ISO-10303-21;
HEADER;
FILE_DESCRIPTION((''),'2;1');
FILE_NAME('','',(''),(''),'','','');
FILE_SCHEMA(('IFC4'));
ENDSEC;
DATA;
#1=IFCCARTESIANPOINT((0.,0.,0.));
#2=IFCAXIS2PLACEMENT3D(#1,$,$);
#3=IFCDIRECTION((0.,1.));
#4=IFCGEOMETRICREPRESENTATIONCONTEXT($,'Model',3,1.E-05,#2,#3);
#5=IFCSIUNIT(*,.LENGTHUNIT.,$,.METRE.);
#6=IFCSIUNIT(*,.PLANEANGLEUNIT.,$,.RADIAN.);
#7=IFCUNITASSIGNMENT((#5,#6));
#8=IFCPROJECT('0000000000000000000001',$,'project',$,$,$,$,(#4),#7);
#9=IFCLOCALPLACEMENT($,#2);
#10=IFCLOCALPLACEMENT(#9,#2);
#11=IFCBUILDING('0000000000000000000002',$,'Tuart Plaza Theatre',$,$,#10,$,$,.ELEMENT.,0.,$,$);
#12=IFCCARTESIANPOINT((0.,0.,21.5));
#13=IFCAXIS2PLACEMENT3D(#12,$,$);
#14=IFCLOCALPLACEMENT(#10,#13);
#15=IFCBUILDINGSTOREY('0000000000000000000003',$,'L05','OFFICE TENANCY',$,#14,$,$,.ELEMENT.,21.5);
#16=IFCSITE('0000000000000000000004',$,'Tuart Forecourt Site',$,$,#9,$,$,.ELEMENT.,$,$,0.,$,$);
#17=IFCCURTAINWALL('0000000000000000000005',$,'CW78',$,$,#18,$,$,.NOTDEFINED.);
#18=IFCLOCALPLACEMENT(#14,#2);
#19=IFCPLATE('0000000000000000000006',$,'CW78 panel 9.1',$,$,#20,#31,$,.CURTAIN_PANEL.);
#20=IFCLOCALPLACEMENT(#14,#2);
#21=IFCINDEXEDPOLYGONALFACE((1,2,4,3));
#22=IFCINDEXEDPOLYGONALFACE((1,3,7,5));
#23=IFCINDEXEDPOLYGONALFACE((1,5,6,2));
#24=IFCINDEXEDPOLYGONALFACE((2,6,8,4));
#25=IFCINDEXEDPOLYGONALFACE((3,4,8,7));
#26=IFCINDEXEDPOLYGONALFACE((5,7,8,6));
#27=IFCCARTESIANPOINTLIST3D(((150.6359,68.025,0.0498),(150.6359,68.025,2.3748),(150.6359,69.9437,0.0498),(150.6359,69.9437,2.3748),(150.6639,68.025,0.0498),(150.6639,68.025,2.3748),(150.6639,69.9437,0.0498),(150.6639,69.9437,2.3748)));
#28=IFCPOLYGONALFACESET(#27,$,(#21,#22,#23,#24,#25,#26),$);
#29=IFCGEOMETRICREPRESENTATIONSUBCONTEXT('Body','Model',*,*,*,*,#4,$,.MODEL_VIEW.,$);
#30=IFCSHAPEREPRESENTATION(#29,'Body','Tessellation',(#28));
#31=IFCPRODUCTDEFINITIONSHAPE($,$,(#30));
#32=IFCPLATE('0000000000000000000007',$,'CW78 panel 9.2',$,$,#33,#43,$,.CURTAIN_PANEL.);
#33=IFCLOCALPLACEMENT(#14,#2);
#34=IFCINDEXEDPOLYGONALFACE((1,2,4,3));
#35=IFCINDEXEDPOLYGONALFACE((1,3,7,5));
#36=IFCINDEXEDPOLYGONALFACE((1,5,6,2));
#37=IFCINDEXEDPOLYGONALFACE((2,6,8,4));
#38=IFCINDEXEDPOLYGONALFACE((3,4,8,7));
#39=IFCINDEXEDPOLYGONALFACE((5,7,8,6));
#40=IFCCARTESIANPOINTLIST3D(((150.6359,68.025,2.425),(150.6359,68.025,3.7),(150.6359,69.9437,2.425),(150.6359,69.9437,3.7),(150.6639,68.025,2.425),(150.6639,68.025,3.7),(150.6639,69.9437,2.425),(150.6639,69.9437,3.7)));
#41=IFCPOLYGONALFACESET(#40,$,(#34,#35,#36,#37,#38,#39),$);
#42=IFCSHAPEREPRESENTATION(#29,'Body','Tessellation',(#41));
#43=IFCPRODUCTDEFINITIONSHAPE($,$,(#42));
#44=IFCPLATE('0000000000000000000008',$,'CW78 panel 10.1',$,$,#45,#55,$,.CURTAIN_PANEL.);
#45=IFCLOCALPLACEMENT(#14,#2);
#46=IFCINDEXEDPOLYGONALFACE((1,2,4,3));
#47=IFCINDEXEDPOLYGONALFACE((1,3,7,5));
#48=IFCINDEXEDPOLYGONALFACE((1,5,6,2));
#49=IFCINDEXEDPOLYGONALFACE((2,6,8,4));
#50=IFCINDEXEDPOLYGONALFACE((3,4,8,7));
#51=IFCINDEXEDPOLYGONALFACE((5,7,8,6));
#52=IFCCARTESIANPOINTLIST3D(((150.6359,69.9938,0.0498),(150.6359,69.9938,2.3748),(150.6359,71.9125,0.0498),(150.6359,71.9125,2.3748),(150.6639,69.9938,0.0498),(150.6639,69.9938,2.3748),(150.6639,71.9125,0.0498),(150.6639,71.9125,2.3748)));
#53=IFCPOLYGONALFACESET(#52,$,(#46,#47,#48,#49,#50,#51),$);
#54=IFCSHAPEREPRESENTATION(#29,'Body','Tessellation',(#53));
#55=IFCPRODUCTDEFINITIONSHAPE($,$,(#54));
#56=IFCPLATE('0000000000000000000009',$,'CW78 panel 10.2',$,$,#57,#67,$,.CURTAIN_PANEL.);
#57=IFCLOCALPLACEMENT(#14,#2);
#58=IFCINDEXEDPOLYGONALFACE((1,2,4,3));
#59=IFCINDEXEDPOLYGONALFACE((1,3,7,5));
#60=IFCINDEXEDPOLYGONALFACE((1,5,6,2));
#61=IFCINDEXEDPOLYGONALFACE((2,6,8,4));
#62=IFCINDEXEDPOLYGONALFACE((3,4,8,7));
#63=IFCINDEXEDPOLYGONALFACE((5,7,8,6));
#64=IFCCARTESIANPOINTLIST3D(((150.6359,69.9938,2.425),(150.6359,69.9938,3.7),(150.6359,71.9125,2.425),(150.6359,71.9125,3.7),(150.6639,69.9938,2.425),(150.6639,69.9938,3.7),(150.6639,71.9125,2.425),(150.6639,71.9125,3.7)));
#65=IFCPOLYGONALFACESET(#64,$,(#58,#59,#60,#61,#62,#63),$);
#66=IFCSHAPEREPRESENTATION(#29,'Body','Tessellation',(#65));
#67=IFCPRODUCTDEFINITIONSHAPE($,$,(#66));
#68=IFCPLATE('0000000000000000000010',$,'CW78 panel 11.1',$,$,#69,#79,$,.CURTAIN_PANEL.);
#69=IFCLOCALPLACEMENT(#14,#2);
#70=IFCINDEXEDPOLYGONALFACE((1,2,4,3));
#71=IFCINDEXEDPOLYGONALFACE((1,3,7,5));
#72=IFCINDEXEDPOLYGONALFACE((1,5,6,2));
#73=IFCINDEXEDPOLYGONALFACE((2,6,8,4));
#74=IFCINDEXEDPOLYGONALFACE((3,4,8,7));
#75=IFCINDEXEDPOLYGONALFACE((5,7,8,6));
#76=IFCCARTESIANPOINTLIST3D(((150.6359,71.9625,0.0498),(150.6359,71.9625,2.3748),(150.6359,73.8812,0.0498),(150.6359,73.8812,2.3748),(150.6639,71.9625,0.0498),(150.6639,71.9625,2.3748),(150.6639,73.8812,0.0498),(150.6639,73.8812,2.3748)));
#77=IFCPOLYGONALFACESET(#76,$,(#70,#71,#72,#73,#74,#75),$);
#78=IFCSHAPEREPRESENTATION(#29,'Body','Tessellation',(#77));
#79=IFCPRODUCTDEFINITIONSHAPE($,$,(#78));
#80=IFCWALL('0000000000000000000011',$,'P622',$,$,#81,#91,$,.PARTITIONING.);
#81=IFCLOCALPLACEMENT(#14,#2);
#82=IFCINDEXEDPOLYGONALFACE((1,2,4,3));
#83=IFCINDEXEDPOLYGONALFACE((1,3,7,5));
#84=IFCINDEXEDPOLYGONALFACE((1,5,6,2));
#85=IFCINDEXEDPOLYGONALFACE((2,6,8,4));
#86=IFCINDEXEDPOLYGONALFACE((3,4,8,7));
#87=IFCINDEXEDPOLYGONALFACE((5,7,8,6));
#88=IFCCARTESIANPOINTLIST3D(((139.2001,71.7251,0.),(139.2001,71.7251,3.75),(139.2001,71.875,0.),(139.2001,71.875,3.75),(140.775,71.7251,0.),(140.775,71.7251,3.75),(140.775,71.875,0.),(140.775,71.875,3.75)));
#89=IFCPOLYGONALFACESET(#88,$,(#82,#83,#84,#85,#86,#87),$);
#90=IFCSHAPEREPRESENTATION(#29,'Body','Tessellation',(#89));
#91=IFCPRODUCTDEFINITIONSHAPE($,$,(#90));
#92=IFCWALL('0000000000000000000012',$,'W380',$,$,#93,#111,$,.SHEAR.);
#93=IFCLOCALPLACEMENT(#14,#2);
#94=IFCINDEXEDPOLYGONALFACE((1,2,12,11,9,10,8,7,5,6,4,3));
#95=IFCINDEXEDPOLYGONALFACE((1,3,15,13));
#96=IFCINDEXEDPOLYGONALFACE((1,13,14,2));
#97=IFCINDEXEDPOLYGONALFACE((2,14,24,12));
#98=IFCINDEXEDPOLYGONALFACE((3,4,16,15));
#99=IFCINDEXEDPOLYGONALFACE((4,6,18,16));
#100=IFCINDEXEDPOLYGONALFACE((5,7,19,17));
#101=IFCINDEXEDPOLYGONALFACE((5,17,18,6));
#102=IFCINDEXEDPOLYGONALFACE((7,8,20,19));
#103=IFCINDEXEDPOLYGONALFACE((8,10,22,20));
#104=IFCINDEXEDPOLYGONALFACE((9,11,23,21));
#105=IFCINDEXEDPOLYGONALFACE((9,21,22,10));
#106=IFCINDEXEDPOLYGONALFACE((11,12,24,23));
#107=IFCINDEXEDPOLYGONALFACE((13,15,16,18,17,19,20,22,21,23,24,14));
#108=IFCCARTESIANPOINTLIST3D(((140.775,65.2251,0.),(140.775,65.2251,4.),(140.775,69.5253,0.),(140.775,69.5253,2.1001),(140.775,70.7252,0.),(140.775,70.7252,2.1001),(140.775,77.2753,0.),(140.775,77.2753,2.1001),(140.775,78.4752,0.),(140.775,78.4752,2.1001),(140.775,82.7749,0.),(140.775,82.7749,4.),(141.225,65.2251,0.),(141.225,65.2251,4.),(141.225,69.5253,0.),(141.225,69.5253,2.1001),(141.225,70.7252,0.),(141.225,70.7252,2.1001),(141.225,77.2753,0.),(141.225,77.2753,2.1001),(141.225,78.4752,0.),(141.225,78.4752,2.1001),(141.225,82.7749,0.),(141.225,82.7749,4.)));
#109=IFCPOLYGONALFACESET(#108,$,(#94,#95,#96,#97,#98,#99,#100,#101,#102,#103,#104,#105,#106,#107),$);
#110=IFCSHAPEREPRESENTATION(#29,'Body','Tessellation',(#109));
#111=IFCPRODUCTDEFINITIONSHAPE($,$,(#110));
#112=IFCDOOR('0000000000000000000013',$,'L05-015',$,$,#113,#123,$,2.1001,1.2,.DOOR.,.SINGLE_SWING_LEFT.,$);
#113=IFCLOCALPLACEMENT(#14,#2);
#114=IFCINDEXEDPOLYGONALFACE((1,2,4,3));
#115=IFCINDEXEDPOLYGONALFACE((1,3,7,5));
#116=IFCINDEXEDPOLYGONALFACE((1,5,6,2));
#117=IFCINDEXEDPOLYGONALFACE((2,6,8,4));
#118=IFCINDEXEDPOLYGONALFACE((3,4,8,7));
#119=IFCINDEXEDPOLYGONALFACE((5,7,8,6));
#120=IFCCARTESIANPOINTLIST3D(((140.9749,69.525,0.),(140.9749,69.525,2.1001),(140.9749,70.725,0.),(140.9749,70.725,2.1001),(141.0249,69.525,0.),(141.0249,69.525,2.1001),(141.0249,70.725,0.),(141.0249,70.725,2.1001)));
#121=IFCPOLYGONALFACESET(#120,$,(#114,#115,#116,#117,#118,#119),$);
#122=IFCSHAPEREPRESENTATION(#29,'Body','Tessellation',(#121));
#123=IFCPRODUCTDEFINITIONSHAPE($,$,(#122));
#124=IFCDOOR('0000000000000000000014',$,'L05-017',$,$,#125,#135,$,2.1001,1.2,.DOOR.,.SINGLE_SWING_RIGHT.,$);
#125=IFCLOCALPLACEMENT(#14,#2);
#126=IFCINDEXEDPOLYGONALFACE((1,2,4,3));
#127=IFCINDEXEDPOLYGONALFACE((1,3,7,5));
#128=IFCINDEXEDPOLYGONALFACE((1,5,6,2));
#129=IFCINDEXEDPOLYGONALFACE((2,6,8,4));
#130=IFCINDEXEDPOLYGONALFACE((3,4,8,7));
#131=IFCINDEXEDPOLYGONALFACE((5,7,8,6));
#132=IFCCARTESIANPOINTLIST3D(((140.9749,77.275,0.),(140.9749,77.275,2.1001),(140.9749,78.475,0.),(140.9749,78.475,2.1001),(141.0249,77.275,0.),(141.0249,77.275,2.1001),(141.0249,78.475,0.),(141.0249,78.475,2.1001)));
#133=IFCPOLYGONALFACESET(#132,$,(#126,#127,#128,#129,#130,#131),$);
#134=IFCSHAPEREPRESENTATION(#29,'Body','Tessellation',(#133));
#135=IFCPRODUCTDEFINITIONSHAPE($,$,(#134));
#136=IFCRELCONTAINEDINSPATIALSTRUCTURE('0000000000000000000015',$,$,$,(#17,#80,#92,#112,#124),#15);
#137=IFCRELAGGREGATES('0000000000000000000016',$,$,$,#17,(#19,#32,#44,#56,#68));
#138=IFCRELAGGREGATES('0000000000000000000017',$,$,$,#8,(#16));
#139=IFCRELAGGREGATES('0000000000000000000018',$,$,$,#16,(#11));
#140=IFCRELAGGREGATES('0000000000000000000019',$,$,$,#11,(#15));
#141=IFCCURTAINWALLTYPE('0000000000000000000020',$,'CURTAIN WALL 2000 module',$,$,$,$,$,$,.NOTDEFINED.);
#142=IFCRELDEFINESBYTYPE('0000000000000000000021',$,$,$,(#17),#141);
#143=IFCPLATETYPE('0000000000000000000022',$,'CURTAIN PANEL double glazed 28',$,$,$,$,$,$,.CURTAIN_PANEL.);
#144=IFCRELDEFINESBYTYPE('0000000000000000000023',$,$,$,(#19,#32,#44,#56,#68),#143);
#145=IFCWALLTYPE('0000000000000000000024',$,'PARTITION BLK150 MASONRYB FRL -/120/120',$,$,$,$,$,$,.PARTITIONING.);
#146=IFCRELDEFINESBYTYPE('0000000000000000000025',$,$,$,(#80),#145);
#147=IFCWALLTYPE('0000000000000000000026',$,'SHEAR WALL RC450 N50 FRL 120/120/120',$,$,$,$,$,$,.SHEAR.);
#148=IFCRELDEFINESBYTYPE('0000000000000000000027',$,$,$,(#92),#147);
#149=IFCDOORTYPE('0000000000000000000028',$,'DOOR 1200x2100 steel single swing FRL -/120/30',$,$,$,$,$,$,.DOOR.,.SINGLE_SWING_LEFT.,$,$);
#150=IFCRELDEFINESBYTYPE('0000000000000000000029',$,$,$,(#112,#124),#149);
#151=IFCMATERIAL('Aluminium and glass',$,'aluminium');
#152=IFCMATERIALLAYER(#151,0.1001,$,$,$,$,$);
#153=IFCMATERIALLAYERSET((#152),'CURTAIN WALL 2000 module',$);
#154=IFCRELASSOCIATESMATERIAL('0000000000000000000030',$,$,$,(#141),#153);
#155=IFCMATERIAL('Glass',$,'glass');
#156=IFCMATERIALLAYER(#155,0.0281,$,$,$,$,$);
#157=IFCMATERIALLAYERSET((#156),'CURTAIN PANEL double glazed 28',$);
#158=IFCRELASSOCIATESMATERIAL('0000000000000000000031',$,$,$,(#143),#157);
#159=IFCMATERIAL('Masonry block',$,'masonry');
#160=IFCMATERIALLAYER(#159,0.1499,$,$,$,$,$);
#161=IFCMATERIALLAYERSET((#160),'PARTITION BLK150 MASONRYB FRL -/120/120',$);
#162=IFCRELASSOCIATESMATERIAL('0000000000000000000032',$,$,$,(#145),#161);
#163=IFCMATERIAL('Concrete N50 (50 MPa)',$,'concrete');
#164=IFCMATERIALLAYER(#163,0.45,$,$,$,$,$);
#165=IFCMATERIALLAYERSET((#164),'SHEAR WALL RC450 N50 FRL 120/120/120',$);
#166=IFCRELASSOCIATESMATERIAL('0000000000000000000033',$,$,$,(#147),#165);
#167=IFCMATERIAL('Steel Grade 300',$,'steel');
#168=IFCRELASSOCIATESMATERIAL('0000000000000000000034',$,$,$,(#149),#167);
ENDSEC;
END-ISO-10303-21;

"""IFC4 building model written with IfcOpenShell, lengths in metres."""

from ifc_helpers import new_model, si_unit, direction, frame, frame_2d, origin, origin_2d, place, context, subcontext, project, spatial, rectangle, extrude, material, layer, layer_set, type_object, element, fill, aggregate, save


model = new_model("IFC4")

# Units and contexts
model_context = context("Model", 3, precision=1e-05, world=origin(), true_north=direction((0.0, 1.0)))
body_context = subcontext(model_context, "Body", "Model", "MODEL_VIEW")
ifc_project = project(units=[si_unit("LENGTHUNIT", "METRE"), si_unit("PLANEANGLEUNIT", "RADIAN")], contexts=[model_context])

# Site, building, storey
site_placement = place(None, origin())
site = spatial("IfcSite", under=ifc_project, at=site_placement, Name="Tuart Forecourt Site", CompositionType="ELEMENT", RefElevation=0.0)
building_placement = place(site_placement, origin())
building = spatial("IfcBuilding", under=site, at=building_placement, Name="Tuart Plaza Theatre", CompositionType="ELEMENT", ElevationOfRefHeight=0.0)
storey_placement = place(building_placement, frame((0.0, 0.0, 21.5)))
storey = spatial("IfcBuildingStorey", under=building, at=storey_placement, Name="L05", Description="OFFICE TENANCY", CompositionType="ELEMENT", Elevation=21.5)

# Curtain wall, plates
ifc_material_1 = material(Name="Aluminium and glass", Category="aluminium")
ifc_layer_1 = layer(ifc_material_1, 0.1001)
ifc_layer_set_1 = layer_set([ifc_layer_1], Name="CURTAIN WALL 2000 module")
curtain_wall_type = type_object("IfcCurtainWallType", Name="CURTAIN WALL 2000 module", PredefinedType="NOTDEFINED", material=ifc_layer_set_1)
curtain_wall_placement = place(storey_placement, origin())
curtain_wall = element("IfcCurtainWall", 1, at=curtain_wall_placement, inside=storey, type_object=curtain_wall_type, Name="CW78", PredefinedType="NOTDEFINED")
ifc_material_2 = material(Name="Glass", Category="glass")
ifc_layer_2 = layer(ifc_material_2, 0.0281)
ifc_layer_set_2 = layer_set([ifc_layer_2], Name="CURTAIN PANEL double glazed 28")
plate_type = type_object("IfcPlateType", Name="CURTAIN PANEL double glazed 28", PredefinedType="CURTAIN_PANEL", material=ifc_layer_set_2)
plate_1_placement = place(storey_placement, frame((150.6499, 68.9844, 0.0498), z_axis=(0.0, 0.0, 1.0), x_axis=(0.0, 1.0, 0.0)))
plate_1 = element("IfcPlate", 2, at=plate_1_placement, type_object=plate_type, Name="CW78 panel 9.1", PredefinedType="CURTAIN_PANEL", context=body_context, shape_type="SweptSolid", body=[
    extrude(rectangle(XDim=1.9187, YDim=0.0281, at=origin_2d()), origin(), (0.0, 0.0, 1.0), 2.325),
])
plate_2_placement = place(storey_placement, frame((150.6499, 68.9844, 2.425), z_axis=(0.0, 0.0, 1.0), x_axis=(0.0, 1.0, 0.0)))
plate_2 = element("IfcPlate", 3, at=plate_2_placement, type_object=plate_type, Name="CW78 panel 9.2", PredefinedType="CURTAIN_PANEL", context=body_context, shape_type="SweptSolid", body=[
    extrude(rectangle(XDim=1.9187, YDim=0.0281, at=origin_2d()), origin(), (0.0, 0.0, 1.0), 1.2749),
])
plate_3_placement = place(storey_placement, frame((150.6499, 70.9531, 0.0498), z_axis=(0.0, 0.0, 1.0), x_axis=(0.0, 1.0, 0.0)))
plate_3 = element("IfcPlate", 4, at=plate_3_placement, type_object=plate_type, Name="CW78 panel 10.1", PredefinedType="CURTAIN_PANEL", context=body_context, shape_type="SweptSolid", body=[
    extrude(rectangle(XDim=1.9187, YDim=0.0281, at=origin_2d()), origin(), (0.0, 0.0, 1.0), 2.325),
])
plate_4_placement = place(storey_placement, frame((150.6499, 70.9531, 2.425), z_axis=(0.0, 0.0, 1.0), x_axis=(0.0, 1.0, 0.0)))
plate_4 = element("IfcPlate", 5, at=plate_4_placement, type_object=plate_type, Name="CW78 panel 10.2", PredefinedType="CURTAIN_PANEL", context=body_context, shape_type="SweptSolid", body=[
    extrude(rectangle(XDim=1.9187, YDim=0.0281, at=origin_2d()), origin(), (0.0, 0.0, 1.0), 1.2749),
])
plate_5_placement = place(storey_placement, frame((150.6499, 72.9219, 0.0498), z_axis=(0.0, 0.0, 1.0), x_axis=(0.0, 1.0, 0.0)))
plate_5 = element("IfcPlate", 6, at=plate_5_placement, type_object=plate_type, Name="CW78 panel 11.1", PredefinedType="CURTAIN_PANEL", context=body_context, shape_type="SweptSolid", body=[
    extrude(rectangle(XDim=1.9187, YDim=0.0281, at=origin_2d()), origin(), (0.0, 0.0, 1.0), 2.325),
])
aggregate(curtain_wall, [plate_1, plate_2, plate_3, plate_4, plate_5])

# Wall
ifc_material_3 = material(Name="Masonry block", Category="masonry")
ifc_layer_3 = layer(ifc_material_3, 0.1499)
ifc_layer_set_3 = layer_set([ifc_layer_3], Name="PARTITION BLK150 MASONRYB FRL -/120/120")
wall_type_1 = type_object("IfcWallType", Name="PARTITION BLK150 MASONRYB FRL -/120/120", PredefinedType="PARTITIONING", material=ifc_layer_set_3)
wall_1_placement = place(storey_placement, frame((139.2, 71.8, 0.0), z_axis=(0.0, 0.0, 1.0), x_axis=(1.0, 0.0, 0.0)))
element("IfcWall", 7, at=wall_1_placement, inside=storey, type_object=wall_type_1, Name="P622", PredefinedType="PARTITIONING", context=body_context, shape_type="SweptSolid", body=[
    extrude(rectangle(XDim=1.575, YDim=0.1499, at=frame_2d((0.7876, 0.0))), origin(), (0.0, 0.0, 1.0), 3.75),
])

# Wall, openings, doors
ifc_material_4 = material(Name="Concrete N50 (50 MPa)", Category="concrete")
ifc_layer_4 = layer(ifc_material_4, 0.45)
ifc_layer_set_4 = layer_set([ifc_layer_4], Name="SHEAR WALL RC450 N50 FRL 120/120/120")
wall_type_2 = type_object("IfcWallType", Name="SHEAR WALL RC450 N50 FRL 120/120/120", PredefinedType="SHEAR", material=ifc_layer_set_4)
wall_2_placement = place(storey_placement, frame((141.0, 65.2251, 0.0), z_axis=(0.0, 0.0, 1.0), x_axis=(0.0, 1.0, 0.0)))
wall_2 = element("IfcWall", 8, at=wall_2_placement, inside=storey, type_object=wall_type_2, Name="W380", PredefinedType="SHEAR", context=body_context, shape_type="SweptSolid", body=[
    extrude(rectangle(XDim=17.5498, YDim=0.45, at=frame_2d((8.7749, 0.0))), origin(), (0.0, 0.0, 1.0), 4.0),
])
opening_1_placement = place(wall_2_placement, frame((4.3, 0.0, 0.0)))
opening_1 = element("IfcOpeningElement", 9, at=opening_1_placement, cuts=wall_2, PredefinedType="OPENING", context=body_context, shape_type="SweptSolid", body=[
    extrude(rectangle(XDim=1.2, YDim=2.1001, at=frame_2d((0.6001, 1.05))), frame((0.0, 0.2349, 0.0), z_axis=(0.0, -1.0, 0.0), x_axis=(1.0, 0.0, 0.0)), (0.0, 0.0, 1.0), 0.47),
])
opening_2_placement = place(wall_2_placement, frame((12.05, 0.0, 0.0)))
opening_2 = element("IfcOpeningElement", 10, at=opening_2_placement, cuts=wall_2, PredefinedType="OPENING", context=body_context, shape_type="SweptSolid", body=[
    extrude(rectangle(XDim=1.2, YDim=2.1001, at=frame_2d((0.6001, 1.05))), frame((0.0, 0.2349, 0.0), z_axis=(0.0, -1.0, 0.0), x_axis=(1.0, 0.0, 0.0)), (0.0, 0.0, 1.0), 0.47),
])
ifc_material_5 = material(Name="Steel Grade 300", Category="steel")
door_type = type_object("IfcDoorType", Name="DOOR 1200x2100 steel single swing FRL -/120/30", OperationType="SINGLE_SWING_LEFT", PredefinedType="DOOR", material=ifc_material_5)
door_1_placement = place(opening_1_placement, frame((1.2, 0.0, 0.0), z_axis=(0.0, 0.0, 1.0), x_axis=(-1.0, 0.0, 0.0)))
door_1 = element("IfcDoor", 11, at=door_1_placement, inside=storey, type_object=door_type, Name="L05-015", OperationType="SINGLE_SWING_LEFT", OverallHeight=2.1001, OverallWidth=1.2, PredefinedType="DOOR", context=body_context, shape_type="SweptSolid", body=[
    extrude(rectangle(XDim=1.2, YDim=2.1001, at=frame_2d((0.6001, 1.05))), frame((0.0, 0.0249, 0.0), z_axis=(0.0, -1.0, 0.0), x_axis=(1.0, 0.0, 0.0)), (0.0, 0.0, 1.0), 0.05),
])
fill(opening_1, door_1)
door_2_placement = place(opening_2_placement, frame((1.2, 0.0, 0.0), z_axis=(0.0, 0.0, 1.0), x_axis=(-1.0, 0.0, 0.0)))
door_2 = element("IfcDoor", 12, at=door_2_placement, inside=storey, type_object=door_type, Name="L05-017", OperationType="SINGLE_SWING_RIGHT", OverallHeight=2.1001, OverallWidth=1.2, PredefinedType="DOOR", context=body_context, shape_type="SweptSolid", body=[
    extrude(rectangle(XDim=1.2, YDim=2.1001, at=frame_2d((0.6001, 1.05))), frame((0.0, 0.0249, 0.0), z_axis=(0.0, -1.0, 0.0), x_axis=(1.0, 0.0, 0.0)), (0.0, 0.0, 1.0), 0.05),
])
fill(opening_2, door_2)

save(model, "model.ifc")
